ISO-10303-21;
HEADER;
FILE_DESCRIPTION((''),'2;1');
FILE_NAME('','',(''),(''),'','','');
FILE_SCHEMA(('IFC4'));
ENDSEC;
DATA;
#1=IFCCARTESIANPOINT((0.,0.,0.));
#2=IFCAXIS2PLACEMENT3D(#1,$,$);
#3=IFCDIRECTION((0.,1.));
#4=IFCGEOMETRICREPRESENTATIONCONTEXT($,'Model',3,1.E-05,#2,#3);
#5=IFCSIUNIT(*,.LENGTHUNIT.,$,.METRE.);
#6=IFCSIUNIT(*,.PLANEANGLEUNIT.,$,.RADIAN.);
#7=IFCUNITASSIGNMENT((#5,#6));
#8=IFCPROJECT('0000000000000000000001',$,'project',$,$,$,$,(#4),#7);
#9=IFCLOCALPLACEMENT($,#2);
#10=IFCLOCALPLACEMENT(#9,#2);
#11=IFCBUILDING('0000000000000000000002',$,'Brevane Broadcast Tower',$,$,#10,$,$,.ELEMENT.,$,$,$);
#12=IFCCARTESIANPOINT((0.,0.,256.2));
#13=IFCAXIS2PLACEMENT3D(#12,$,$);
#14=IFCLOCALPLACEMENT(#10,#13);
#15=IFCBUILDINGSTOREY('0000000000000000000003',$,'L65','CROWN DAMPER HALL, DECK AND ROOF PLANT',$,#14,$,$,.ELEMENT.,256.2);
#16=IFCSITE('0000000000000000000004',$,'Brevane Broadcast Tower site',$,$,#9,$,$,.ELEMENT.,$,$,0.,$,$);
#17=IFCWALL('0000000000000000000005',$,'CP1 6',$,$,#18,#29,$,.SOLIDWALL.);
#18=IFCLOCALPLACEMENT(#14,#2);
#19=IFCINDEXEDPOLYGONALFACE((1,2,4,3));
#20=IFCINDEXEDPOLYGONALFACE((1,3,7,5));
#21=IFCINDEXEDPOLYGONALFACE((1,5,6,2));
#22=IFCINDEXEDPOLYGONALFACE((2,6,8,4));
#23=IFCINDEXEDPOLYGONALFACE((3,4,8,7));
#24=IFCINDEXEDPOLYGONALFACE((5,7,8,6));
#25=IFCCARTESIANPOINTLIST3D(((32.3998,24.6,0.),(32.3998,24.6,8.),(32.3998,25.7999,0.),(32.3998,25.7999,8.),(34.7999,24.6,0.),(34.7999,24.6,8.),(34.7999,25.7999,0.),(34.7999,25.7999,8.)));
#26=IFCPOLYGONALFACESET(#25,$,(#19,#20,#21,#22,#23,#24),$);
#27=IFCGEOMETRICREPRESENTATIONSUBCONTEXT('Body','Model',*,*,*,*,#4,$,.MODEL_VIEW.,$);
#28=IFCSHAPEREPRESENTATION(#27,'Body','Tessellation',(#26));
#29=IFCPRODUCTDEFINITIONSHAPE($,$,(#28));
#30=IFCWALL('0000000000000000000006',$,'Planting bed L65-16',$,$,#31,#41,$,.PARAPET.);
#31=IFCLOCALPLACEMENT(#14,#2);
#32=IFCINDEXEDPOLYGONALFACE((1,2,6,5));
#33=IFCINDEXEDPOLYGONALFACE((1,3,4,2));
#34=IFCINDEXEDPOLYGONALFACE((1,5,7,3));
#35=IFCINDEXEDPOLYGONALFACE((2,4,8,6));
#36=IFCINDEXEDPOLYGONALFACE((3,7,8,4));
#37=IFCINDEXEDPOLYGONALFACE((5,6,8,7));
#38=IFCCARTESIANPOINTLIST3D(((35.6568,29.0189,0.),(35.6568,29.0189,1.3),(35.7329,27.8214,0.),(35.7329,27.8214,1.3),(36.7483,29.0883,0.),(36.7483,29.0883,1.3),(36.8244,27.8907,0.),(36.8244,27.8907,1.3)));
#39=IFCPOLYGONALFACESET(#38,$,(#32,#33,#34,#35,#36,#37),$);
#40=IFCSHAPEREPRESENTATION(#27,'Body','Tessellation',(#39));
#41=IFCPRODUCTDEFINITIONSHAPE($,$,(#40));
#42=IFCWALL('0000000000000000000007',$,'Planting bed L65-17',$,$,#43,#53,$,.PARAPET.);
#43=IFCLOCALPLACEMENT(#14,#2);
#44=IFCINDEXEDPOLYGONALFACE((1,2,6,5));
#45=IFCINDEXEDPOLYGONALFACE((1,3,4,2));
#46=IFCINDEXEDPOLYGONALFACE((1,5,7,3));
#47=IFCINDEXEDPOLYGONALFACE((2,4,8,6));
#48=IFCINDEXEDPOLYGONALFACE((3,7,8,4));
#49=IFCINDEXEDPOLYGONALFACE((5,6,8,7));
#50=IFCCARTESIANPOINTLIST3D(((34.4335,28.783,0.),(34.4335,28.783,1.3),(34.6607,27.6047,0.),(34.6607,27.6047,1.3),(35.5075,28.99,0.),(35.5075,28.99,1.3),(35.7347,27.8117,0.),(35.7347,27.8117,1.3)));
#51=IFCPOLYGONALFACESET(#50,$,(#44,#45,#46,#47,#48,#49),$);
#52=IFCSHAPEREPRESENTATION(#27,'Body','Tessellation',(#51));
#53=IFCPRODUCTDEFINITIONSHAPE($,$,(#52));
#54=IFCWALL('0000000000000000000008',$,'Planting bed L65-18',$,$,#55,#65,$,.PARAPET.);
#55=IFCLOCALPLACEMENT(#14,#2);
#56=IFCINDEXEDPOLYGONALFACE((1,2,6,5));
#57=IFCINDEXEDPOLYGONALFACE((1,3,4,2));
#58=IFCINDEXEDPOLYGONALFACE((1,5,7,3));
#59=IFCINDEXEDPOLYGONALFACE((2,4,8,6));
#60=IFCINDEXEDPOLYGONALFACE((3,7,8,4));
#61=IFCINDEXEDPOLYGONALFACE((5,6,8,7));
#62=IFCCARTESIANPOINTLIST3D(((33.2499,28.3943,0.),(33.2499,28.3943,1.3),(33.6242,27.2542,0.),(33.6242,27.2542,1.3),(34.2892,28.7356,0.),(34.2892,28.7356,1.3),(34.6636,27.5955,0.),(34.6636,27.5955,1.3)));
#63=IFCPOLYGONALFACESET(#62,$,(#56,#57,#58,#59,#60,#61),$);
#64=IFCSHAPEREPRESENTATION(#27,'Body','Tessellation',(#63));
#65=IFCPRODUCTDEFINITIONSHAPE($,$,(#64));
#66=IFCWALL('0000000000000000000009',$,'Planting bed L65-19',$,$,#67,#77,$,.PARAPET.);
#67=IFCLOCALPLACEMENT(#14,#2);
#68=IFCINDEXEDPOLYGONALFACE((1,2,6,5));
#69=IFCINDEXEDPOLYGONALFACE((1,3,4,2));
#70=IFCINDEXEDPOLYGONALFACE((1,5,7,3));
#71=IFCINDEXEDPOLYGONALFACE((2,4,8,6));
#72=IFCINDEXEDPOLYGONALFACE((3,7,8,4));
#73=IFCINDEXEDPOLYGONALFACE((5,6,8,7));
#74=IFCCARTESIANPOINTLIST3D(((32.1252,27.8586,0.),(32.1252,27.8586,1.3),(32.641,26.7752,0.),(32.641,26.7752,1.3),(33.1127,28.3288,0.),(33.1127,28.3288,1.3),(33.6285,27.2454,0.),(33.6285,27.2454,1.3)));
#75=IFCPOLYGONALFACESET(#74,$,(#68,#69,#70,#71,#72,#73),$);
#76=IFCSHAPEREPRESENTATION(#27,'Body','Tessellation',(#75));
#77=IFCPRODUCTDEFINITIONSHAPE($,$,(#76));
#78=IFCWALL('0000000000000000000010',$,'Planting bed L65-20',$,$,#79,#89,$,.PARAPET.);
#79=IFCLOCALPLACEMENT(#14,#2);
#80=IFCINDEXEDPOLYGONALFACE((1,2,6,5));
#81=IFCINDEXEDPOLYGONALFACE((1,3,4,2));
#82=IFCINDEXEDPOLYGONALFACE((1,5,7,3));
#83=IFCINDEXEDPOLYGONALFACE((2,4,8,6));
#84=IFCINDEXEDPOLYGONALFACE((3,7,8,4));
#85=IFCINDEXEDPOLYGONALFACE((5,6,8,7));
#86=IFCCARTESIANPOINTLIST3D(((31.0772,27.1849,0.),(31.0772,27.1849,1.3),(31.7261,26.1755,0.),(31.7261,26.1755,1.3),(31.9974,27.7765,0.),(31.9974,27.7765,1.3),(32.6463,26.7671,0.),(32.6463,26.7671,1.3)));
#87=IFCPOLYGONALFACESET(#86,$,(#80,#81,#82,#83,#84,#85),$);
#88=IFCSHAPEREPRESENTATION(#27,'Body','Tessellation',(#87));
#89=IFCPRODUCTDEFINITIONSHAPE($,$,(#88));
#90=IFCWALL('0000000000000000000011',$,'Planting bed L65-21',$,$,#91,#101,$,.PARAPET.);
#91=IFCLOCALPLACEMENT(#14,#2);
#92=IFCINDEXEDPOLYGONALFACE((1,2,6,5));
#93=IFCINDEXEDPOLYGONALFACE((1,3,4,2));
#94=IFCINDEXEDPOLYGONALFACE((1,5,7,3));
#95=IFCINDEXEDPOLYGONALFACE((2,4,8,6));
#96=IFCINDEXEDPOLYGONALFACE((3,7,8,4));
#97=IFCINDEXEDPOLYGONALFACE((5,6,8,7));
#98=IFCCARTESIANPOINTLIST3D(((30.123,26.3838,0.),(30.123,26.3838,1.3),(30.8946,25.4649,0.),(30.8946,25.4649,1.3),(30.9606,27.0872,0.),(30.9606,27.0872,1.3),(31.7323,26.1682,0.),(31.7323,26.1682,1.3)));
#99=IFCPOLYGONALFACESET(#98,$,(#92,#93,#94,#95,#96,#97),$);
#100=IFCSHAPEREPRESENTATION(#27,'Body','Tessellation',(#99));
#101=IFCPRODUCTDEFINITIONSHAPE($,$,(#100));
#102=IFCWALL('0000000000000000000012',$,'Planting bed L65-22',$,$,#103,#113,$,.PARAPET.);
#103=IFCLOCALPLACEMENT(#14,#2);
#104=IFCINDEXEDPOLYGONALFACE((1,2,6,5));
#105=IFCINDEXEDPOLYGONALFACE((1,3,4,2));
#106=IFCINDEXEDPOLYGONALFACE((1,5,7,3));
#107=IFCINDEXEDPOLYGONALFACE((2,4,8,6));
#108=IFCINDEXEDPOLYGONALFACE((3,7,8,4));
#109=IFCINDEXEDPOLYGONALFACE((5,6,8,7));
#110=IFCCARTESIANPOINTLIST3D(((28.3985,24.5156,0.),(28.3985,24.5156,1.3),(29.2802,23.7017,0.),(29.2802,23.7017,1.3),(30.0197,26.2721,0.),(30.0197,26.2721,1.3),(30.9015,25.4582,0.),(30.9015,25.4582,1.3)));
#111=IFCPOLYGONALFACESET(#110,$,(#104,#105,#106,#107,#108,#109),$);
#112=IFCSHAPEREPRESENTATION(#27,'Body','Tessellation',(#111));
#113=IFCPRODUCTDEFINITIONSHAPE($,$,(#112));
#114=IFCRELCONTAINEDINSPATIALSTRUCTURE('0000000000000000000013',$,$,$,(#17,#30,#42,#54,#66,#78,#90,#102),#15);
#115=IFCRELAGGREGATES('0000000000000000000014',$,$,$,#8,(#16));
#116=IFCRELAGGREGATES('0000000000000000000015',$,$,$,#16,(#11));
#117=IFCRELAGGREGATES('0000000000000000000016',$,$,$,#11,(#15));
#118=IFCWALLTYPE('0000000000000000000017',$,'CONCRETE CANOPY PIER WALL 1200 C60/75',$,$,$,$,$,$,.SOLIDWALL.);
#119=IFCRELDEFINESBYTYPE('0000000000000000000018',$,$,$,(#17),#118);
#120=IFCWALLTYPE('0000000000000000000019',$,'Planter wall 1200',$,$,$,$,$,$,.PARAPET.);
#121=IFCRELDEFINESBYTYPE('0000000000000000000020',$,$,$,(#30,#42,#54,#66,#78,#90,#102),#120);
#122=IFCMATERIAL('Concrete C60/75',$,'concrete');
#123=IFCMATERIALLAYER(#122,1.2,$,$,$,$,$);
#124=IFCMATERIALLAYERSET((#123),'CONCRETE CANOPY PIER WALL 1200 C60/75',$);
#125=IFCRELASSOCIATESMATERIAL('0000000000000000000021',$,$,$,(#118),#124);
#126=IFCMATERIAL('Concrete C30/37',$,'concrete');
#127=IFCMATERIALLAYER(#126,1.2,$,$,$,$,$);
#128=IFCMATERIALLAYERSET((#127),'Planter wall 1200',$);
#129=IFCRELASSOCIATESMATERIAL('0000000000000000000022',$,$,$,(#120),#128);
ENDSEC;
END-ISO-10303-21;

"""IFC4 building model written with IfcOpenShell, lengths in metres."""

from ifc_helpers import new_model, si_unit, direction, frame, frame_2d, origin, place, context, subcontext, project, spatial, rectangle, extrude, material, layer, layer_set, type_object, element, save


model = new_model("IFC4")

# Units and contexts
model_context = context("Model", 3, precision=1e-05, world=origin(), true_north=direction((0.0, 1.0)))
body_context = subcontext(model_context, "Body", "Model", "MODEL_VIEW")
ifc_project = project(units=[si_unit("LENGTHUNIT", "METRE"), si_unit("PLANEANGLEUNIT", "RADIAN")], contexts=[model_context])

# Site, building, storey
site_placement = place(None, origin())
site = spatial("IfcSite", under=ifc_project, at=site_placement, Name="Brevane Broadcast Tower site", CompositionType="ELEMENT", RefElevation=0.0)
building_placement = place(site_placement, origin())
building = spatial("IfcBuilding", under=site, at=building_placement, Name="Brevane Broadcast Tower", CompositionType="ELEMENT")
storey_placement = place(building_placement, frame((0.0, 0.0, 256.2)))
storey = spatial("IfcBuildingStorey", under=building, at=storey_placement, Name="L65", Description="CROWN DAMPER HALL, DECK AND ROOF PLANT", CompositionType="ELEMENT", Elevation=256.2)

# Walls
ifc_material_1 = material(Name="Concrete C60/75", Category="concrete")
ifc_layer_1 = layer(ifc_material_1, 1.2)
ifc_layer_set_1 = layer_set([ifc_layer_1], Name="CONCRETE CANOPY PIER WALL 1200 C60/75")
wall_type_1 = type_object("IfcWallType", Name="CONCRETE CANOPY PIER WALL 1200 C60/75", PredefinedType="SOLIDWALL", material=ifc_layer_set_1)
wall_1_placement = place(storey_placement, frame((34.8, 25.2, 0.0), z_axis=(0.0, 0.0, 1.0), x_axis=(-1.0, 0.0, 0.0)))
element("IfcWall", 1, at=wall_1_placement, inside=storey, type_object=wall_type_1, Name="CP1 6", PredefinedType="SOLIDWALL", context=body_context, shape_type="SweptSolid", body=[
    extrude(rectangle(XDim=2.4001, YDim=1.2, at=frame_2d((1.2002, 0.0))), origin(), (0.0, 0.0, 1.0), 8.0),
])
ifc_material_2 = material(Name="Concrete C30/37", Category="concrete")
ifc_layer_2 = layer(ifc_material_2, 1.2)
ifc_layer_set_2 = layer_set([ifc_layer_2], Name="Planter wall 1200")
wall_type_2 = type_object("IfcWallType", Name="Planter wall 1200", PredefinedType="PARAPET", material=ifc_layer_set_2)
for number, where, z_axis, x_axis, name in (
    (2, (36.7864, 28.4895, 0.0), (0.0, 0.0, 1.0), (-0.997989, -0.063393, 0.0), "Planting bed L65-16"),
    (3, (35.6211, 28.4009, 0.0), (0.0, 0.0, 1.0), (-0.981922, -0.189286, 0.0), "Planting bed L65-17"),
):
    element("IfcWall", number, at=place(storey_placement, frame(where, z_axis=z_axis, x_axis=x_axis)), inside=storey, type_object=wall_type_2, Name=name, PredefinedType="PARAPET", context=body_context, shape_type="SweptSolid", body=[
        extrude(rectangle(XDim=1.0938, YDim=1.2, at=frame_2d((0.5469, 0.0))), origin(), (0.0, 0.0, 1.0), 1.3),
    ])
wall_2_placement = place(storey_placement, frame((34.4763, 28.1655, 0.0), z_axis=(0.0, 0.0, 1.0), x_axis=(-0.95008, -0.312007, 0.0)))
element("IfcWall", 4, at=wall_2_placement, inside=storey, type_object=wall_type_2, Name="Planting bed L65-18", PredefinedType="PARAPET", context=body_context, shape_type="SweptSolid", body=[
    extrude(rectangle(XDim=1.094, YDim=1.2, at=frame_2d((0.5469, 0.0))), origin(), (0.0, 0.0, 1.0), 1.3),
])
wall_3_placement = place(storey_placement, frame((33.3706, 27.7871, 0.0), z_axis=(0.0, 0.0, 1.0), x_axis=(-0.902877, -0.429899, 0.0)))
element("IfcWall", 5, at=wall_3_placement, inside=storey, type_object=wall_type_2, Name="Planting bed L65-19", PredefinedType="PARAPET", context=body_context, shape_type="SweptSolid", body=[
    extrude(rectangle(XDim=1.0938, YDim=1.2, at=frame_2d((0.5469, 0.0))), origin(), (0.0, 0.0, 1.0), 1.3),
])
wall_4_placement = place(storey_placement, frame((32.3218, 27.2717, 0.0), z_axis=(0.0, 0.0, 1.0), x_axis=(-0.841171, -0.540769, 0.0)))
element("IfcWall", 6, at=wall_4_placement, inside=storey, type_object=wall_type_2, Name="Planting bed L65-20", PredefinedType="PARAPET", context=body_context, shape_type="SweptSolid", body=[
    extrude(rectangle(XDim=1.094, YDim=1.2, at=frame_2d((0.5469, 0.0))), origin(), (0.0, 0.0, 1.0), 1.3),
])
wall_5_placement = place(storey_placement, frame((31.3464, 26.6277, 0.0), z_axis=(0.0, 0.0, 1.0), x_axis=(-0.765819, -0.643056, 0.0)))
element("IfcWall", 7, at=wall_5_placement, inside=storey, type_object=wall_type_2, Name="Planting bed L65-21", PredefinedType="PARAPET", context=body_context, shape_type="SweptSolid", body=[
    extrude(rectangle(XDim=1.0938, YDim=1.2, at=frame_2d((0.5469, 0.0))), origin(), (0.0, 0.0, 1.0), 1.3),
])
wall_6_placement = place(storey_placement, frame((30.4607, 25.8652, 0.0), z_axis=(0.0, 0.0, 1.0), x_axis=(-0.67825, -0.734831, 0.0)))
element("IfcWall", 8, at=wall_6_placement, inside=storey, type_object=wall_type_2, Name="Planting bed L65-22", PredefinedType="PARAPET", context=body_context, shape_type="SweptSolid", body=[
    extrude(rectangle(XDim=2.3904, YDim=1.2, at=frame_2d((1.1953, 0.0))), origin(), (0.0, 0.0, 1.0), 1.3),
])

save(model, "model.ifc")
